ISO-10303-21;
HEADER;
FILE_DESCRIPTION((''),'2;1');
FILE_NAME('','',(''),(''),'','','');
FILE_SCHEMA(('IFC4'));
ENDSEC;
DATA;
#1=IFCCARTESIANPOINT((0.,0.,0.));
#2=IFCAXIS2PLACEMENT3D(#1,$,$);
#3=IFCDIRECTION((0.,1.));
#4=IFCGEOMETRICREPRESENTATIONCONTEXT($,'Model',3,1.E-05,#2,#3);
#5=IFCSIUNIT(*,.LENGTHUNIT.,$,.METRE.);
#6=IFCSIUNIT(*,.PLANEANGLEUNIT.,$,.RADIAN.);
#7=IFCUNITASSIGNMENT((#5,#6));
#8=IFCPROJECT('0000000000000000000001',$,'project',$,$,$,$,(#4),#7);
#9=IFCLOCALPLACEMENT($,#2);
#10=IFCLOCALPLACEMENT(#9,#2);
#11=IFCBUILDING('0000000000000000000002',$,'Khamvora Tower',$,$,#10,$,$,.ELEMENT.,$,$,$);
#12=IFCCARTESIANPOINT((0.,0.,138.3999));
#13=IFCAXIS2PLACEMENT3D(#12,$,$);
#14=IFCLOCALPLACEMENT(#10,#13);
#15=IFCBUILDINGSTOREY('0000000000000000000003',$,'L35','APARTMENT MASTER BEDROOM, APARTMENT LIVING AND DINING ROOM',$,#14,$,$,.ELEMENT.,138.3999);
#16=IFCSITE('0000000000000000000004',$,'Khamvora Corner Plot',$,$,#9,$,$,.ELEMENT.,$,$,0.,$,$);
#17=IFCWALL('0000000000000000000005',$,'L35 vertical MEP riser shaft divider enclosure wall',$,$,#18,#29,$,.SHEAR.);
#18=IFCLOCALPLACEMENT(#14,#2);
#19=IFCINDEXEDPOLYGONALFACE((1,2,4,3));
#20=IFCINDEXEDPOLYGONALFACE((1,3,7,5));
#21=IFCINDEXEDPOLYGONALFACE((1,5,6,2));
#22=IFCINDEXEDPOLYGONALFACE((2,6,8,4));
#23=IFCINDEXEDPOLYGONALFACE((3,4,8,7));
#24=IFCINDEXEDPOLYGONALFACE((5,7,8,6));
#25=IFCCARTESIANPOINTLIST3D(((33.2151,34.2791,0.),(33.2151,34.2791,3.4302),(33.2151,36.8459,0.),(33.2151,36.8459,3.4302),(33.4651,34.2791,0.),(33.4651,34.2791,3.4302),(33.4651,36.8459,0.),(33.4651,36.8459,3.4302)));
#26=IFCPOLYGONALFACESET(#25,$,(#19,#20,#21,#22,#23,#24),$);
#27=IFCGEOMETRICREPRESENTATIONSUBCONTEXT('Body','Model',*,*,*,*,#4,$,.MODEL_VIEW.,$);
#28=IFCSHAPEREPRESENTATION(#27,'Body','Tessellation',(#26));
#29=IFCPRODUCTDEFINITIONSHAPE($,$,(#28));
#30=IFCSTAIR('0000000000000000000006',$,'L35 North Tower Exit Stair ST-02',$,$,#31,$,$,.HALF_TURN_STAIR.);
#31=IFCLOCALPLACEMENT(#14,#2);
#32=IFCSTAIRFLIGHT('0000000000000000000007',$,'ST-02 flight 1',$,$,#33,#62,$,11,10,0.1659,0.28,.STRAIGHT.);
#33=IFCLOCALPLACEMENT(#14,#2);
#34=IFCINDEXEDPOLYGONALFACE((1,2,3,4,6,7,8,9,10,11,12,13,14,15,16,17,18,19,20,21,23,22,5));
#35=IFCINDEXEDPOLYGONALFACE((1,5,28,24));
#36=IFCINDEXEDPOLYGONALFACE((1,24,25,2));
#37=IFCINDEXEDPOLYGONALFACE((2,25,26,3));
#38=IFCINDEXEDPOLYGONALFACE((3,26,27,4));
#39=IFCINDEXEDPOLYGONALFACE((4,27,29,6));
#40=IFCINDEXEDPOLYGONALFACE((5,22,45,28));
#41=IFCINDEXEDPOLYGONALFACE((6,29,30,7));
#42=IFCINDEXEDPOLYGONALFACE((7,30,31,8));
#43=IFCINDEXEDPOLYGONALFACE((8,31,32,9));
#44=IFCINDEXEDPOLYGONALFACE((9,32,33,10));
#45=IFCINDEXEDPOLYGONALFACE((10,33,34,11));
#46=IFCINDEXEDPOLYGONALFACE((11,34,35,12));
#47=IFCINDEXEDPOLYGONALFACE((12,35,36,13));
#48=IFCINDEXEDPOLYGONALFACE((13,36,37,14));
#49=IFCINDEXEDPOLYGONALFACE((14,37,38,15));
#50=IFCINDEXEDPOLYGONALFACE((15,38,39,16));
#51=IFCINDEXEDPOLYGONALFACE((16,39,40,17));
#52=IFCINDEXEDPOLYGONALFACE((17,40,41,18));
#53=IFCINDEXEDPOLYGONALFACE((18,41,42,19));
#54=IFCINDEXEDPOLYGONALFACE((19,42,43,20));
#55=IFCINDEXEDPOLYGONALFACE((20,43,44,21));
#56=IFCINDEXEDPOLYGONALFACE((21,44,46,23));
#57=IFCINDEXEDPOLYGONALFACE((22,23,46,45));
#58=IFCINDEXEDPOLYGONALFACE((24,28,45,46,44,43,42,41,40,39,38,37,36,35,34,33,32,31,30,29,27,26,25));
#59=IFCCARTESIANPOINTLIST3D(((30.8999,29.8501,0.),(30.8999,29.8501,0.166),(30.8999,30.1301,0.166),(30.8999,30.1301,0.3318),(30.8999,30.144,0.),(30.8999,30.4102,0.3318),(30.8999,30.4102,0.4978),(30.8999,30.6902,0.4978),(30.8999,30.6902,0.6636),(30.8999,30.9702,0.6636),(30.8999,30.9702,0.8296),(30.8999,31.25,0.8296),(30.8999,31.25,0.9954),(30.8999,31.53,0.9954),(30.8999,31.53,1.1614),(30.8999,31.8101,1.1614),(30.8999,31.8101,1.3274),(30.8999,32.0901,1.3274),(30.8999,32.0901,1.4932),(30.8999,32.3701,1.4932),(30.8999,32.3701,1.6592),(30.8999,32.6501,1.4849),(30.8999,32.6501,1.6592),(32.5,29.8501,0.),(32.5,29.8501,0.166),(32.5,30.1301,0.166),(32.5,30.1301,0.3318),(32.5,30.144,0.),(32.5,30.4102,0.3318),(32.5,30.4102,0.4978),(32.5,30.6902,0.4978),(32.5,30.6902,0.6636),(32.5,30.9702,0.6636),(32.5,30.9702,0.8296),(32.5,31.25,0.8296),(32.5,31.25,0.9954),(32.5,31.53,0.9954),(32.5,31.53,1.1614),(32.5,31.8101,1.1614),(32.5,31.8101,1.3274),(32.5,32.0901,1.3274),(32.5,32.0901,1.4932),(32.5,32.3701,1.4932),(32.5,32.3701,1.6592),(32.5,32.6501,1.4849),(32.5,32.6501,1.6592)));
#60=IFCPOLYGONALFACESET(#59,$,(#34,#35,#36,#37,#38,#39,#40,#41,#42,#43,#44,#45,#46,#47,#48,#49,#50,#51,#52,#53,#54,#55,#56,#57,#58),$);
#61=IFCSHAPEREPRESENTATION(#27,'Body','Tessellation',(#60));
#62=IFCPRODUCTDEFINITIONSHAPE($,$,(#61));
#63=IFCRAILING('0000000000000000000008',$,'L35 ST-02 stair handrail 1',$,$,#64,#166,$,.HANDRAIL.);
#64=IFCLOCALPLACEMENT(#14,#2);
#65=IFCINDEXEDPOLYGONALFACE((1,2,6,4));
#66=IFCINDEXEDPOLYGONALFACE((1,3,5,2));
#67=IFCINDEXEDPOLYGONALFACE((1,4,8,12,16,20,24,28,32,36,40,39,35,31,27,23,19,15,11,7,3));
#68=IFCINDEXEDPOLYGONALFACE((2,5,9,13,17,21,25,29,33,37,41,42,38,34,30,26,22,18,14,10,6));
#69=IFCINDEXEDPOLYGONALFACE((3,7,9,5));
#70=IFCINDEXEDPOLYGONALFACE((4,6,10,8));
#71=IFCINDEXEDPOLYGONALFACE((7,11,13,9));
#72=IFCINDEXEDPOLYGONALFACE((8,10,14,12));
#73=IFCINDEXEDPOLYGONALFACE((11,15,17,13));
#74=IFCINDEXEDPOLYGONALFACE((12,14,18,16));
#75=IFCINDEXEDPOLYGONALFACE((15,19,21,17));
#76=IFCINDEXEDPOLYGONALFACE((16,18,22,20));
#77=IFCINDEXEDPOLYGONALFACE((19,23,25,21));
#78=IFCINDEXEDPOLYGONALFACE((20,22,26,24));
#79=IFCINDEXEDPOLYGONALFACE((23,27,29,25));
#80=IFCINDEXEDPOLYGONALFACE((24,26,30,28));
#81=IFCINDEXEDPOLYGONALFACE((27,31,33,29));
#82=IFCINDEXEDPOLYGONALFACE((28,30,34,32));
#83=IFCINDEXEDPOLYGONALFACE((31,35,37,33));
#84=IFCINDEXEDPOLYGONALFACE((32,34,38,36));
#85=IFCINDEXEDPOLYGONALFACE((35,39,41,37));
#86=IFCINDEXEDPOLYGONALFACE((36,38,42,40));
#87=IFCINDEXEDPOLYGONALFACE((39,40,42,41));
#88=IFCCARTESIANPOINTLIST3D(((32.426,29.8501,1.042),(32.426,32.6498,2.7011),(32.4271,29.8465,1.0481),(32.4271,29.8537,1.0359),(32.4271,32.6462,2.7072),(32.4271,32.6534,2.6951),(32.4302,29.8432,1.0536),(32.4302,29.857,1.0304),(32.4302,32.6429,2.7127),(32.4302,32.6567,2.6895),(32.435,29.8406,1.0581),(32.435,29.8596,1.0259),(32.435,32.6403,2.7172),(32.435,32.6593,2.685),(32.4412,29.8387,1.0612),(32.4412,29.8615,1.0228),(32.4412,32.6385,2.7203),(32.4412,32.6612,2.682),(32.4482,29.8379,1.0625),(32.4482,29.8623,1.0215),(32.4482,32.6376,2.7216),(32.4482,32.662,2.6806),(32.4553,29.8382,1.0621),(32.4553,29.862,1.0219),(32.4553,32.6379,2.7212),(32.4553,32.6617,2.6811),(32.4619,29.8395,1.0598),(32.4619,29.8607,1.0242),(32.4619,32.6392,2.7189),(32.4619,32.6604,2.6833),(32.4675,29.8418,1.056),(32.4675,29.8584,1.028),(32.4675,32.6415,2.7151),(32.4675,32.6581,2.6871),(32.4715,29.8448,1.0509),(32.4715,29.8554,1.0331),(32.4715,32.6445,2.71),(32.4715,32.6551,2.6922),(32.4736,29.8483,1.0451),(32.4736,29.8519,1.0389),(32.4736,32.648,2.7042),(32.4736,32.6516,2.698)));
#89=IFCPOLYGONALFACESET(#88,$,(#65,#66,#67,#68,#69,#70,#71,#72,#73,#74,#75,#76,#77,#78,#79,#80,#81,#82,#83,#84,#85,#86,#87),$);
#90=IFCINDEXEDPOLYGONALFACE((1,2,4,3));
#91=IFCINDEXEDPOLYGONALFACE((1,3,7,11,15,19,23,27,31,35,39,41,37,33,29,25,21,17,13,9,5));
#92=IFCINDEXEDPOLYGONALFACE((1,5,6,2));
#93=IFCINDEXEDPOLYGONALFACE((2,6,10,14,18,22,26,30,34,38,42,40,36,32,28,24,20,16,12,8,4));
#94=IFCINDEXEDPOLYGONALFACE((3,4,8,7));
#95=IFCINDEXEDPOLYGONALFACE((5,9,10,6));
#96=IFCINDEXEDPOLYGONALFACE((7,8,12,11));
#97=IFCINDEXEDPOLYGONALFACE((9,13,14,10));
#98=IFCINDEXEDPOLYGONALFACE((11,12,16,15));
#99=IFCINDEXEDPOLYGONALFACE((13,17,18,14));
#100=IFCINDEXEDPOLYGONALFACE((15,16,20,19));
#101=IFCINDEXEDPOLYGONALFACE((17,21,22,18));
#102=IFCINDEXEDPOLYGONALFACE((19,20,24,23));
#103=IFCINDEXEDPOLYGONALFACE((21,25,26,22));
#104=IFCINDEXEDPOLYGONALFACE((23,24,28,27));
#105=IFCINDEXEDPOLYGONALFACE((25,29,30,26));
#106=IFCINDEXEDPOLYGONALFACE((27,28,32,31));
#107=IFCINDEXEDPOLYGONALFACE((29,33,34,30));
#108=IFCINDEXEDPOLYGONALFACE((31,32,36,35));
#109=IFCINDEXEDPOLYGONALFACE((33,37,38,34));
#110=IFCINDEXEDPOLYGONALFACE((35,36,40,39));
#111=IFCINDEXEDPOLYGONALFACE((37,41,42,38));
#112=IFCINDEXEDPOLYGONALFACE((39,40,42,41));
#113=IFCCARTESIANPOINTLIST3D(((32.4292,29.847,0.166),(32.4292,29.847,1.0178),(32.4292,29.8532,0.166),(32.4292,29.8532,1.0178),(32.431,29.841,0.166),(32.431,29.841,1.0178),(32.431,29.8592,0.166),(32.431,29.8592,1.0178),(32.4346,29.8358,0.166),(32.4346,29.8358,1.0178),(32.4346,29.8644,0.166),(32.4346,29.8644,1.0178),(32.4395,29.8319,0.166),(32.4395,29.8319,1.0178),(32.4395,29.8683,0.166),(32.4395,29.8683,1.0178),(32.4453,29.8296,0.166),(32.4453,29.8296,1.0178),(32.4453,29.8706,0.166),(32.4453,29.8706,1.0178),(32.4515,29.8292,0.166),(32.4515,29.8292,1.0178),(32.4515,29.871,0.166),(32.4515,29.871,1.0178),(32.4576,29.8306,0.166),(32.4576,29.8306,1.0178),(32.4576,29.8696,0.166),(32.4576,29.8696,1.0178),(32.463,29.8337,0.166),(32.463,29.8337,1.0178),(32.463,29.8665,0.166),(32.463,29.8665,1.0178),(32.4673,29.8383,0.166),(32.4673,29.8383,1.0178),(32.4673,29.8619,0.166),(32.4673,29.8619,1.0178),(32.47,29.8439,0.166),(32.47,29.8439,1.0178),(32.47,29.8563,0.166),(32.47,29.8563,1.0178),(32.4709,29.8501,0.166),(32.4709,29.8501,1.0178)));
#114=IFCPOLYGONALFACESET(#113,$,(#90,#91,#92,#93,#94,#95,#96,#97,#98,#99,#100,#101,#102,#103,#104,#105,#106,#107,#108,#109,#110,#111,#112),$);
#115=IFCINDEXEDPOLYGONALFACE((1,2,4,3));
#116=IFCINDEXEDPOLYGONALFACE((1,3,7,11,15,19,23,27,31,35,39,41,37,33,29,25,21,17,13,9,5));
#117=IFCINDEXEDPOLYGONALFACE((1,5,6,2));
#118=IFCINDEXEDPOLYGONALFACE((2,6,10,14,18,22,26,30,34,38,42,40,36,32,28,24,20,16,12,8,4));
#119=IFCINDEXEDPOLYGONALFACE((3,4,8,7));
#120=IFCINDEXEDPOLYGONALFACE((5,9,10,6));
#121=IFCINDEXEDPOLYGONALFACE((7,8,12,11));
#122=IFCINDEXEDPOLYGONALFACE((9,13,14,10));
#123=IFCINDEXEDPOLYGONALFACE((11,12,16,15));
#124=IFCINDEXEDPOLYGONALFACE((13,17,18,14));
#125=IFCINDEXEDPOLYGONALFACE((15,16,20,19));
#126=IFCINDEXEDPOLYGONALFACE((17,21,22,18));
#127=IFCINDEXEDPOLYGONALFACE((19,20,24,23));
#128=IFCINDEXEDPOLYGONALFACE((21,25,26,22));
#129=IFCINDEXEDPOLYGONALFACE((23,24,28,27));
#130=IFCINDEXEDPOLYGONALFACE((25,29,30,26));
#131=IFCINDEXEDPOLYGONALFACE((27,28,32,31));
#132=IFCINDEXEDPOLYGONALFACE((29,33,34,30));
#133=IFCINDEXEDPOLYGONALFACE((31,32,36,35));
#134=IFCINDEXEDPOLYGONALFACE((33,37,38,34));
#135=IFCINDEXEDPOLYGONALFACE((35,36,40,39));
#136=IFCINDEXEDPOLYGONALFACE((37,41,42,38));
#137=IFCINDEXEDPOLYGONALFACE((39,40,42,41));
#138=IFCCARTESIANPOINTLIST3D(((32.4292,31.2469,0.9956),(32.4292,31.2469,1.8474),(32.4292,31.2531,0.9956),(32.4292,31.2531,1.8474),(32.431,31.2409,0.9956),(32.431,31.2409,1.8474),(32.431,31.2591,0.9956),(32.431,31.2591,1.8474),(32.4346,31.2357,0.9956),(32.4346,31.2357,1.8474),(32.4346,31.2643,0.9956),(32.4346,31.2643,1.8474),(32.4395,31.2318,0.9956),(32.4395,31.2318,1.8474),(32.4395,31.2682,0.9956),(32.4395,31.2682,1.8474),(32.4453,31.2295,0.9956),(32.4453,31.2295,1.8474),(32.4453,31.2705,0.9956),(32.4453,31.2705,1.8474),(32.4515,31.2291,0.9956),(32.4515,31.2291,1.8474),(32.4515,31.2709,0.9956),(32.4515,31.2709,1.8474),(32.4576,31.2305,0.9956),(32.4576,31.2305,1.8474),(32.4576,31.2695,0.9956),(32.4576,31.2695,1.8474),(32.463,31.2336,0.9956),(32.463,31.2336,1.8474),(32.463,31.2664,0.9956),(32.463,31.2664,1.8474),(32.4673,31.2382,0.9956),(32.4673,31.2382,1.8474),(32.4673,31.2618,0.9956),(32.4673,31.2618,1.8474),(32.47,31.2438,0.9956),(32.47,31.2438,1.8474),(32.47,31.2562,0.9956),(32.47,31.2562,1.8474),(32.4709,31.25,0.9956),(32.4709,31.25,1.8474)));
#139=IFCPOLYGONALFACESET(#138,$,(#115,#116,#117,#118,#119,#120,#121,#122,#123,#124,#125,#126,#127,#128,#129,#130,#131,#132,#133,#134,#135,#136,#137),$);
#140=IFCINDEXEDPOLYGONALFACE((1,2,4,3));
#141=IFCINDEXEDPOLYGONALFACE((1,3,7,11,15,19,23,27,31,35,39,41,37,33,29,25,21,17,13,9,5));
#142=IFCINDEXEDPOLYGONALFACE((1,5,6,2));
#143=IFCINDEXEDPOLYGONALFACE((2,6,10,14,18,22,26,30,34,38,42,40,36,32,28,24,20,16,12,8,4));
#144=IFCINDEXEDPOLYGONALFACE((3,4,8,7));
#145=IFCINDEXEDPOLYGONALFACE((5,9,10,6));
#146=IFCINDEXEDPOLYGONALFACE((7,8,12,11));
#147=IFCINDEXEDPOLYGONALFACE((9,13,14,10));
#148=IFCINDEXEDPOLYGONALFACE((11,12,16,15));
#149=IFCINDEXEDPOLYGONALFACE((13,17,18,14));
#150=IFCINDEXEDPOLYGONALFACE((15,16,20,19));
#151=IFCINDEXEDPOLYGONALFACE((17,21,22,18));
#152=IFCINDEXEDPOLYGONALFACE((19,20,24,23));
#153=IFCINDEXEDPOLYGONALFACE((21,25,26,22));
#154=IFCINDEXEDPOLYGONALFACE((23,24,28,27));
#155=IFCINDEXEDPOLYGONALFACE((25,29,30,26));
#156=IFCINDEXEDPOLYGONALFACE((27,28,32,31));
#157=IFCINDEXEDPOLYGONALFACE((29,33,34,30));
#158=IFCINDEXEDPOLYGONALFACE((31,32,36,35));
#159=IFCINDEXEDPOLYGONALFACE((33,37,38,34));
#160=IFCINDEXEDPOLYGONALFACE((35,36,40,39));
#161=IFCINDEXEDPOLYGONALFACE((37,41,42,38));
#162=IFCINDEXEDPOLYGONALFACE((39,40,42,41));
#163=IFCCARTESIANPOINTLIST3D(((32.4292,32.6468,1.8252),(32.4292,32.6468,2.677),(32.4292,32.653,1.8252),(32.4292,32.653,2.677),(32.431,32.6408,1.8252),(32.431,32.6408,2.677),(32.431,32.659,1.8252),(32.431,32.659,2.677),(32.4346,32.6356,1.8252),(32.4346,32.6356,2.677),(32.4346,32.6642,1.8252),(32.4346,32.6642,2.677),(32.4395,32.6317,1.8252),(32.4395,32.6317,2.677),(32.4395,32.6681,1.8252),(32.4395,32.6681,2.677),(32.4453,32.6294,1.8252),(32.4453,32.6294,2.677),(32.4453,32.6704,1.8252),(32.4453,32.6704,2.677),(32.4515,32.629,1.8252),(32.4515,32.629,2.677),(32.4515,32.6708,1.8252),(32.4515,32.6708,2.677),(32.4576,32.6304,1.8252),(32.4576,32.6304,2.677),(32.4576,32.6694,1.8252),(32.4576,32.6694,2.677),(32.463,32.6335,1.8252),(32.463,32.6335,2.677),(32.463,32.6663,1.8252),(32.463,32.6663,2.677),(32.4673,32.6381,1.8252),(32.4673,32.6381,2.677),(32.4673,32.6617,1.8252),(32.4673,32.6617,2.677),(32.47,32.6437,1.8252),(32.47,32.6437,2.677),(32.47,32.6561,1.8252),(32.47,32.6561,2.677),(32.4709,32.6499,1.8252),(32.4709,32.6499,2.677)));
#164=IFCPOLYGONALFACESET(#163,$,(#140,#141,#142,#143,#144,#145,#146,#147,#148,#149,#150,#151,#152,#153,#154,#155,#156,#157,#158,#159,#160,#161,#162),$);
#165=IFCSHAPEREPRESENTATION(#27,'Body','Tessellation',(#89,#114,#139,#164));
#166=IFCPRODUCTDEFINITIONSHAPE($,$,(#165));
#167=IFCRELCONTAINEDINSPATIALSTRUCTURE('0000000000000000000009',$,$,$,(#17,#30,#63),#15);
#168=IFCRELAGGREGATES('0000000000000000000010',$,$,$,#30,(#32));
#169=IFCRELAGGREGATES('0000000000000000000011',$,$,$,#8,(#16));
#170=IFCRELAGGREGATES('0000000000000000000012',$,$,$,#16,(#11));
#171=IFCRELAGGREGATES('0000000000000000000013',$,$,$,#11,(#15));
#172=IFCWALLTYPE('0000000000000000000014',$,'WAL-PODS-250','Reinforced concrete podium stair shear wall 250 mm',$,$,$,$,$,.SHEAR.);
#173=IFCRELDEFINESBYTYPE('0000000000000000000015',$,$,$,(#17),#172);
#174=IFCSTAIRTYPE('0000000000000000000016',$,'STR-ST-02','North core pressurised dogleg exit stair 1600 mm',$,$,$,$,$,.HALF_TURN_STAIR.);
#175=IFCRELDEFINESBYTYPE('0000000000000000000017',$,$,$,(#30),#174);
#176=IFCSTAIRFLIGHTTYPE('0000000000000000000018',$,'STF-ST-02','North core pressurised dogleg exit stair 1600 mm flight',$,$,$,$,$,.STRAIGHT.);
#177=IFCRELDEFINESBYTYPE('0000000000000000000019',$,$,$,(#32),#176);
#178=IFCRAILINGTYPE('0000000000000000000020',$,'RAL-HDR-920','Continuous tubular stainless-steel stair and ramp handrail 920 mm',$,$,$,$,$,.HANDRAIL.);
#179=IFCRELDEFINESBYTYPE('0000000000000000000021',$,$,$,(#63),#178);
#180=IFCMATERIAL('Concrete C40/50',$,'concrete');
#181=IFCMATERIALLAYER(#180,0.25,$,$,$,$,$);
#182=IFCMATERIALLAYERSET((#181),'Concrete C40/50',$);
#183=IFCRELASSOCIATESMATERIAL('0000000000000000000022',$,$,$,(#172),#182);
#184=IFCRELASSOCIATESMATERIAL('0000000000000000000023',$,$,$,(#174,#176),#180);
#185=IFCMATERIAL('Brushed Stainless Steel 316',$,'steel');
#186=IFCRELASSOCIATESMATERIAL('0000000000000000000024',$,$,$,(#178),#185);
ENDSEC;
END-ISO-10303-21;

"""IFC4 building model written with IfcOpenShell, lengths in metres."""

from ifc_helpers import new_model, si_unit, direction, frame, frame_2d, origin, origin_2d, place, context, subcontext, project, spatial, polyline, rectangle, circle, outline, extrude, material, layer, layer_set, type_object, element, aggregate, save


model = new_model("IFC4")

# Units and contexts
model_context = context("Model", 3, precision=1e-05, world=origin(), true_north=direction((0.0, 1.0)))
body_context = subcontext(model_context, "Body", "Model", "MODEL_VIEW")
ifc_project = project(units=[si_unit("LENGTHUNIT", "METRE"), si_unit("PLANEANGLEUNIT", "RADIAN")], contexts=[model_context])

# Site, building, storey
site_placement = place(None, origin())
site = spatial("IfcSite", under=ifc_project, at=site_placement, Name="Khamvora Corner Plot", CompositionType="ELEMENT", RefElevation=0.0)
building_placement = place(site_placement, origin())
building = spatial("IfcBuilding", under=site, at=building_placement, Name="Khamvora Tower", CompositionType="ELEMENT")
storey_placement = place(building_placement, frame((0.0, 0.0, 138.3999)))
storey = spatial("IfcBuildingStorey", under=building, at=storey_placement, Name="L35", Description="APARTMENT MASTER BEDROOM, APARTMENT LIVING AND DINING ROOM", CompositionType="ELEMENT", Elevation=138.3999)

# Wall
ifc_material_1 = material(Name="Concrete C40/50", Category="concrete")
ifc_layer_1 = layer(ifc_material_1, 0.25)
ifc_layer_set_1 = layer_set([ifc_layer_1], Name="Concrete C40/50")
wall_type_1 = type_object("IfcWallType", Name="WAL-PODS-250", Description="Reinforced concrete podium stair shear wall 250 mm", PredefinedType="SHEAR", material=ifc_layer_set_1)
wall_1_placement = place(storey_placement, frame((33.3401, 34.2791, 0.0), z_axis=(0.0, 0.0, 1.0), x_axis=(0.0, 1.0, 0.0)))
element("IfcWall", 1, at=wall_1_placement, inside=storey, type_object=wall_type_1, Name="L35 vertical MEP riser shaft divider enclosure wall", PredefinedType="SHEAR", context=body_context, shape_type="SweptSolid", body=[
    extrude(rectangle(XDim=2.5669, YDim=0.25, at=frame_2d((1.2834, 0.0))), origin(), (0.0, 0.0, 1.0), 3.4302),
])

# Stair, stair flight
stair_type = type_object("IfcStairType", Name="STR-ST-02", Description="North core pressurised dogleg exit stair 1600 mm", PredefinedType="HALF_TURN_STAIR", material=ifc_material_1)
stair_placement = place(storey_placement, origin())
stair = element("IfcStair", 2, at=stair_placement, inside=storey, type_object=stair_type, Name="L35 North Tower Exit Stair ST-02", PredefinedType="HALF_TURN_STAIR")
stair_flight_type = type_object("IfcStairFlightType", Name="STF-ST-02", Description="North core pressurised dogleg exit stair 1600 mm flight", PredefinedType="STRAIGHT", material=ifc_material_1)
stair_flight_placement = place(storey_placement, frame((31.7, 29.8501, 0.0), z_axis=(0.0, 0.0, 1.0), x_axis=(0.0, 1.0, 0.0)))
stair_flight = element("IfcStairFlight", 3, at=stair_flight_placement, type_object=stair_flight_type, Name="ST-02 flight 1", NumberOfRisers=11, NumberOfTreads=10, PredefinedType="STRAIGHT", RiserHeight=0.1659, TreadLength=0.28, context=body_context, shape_type="SweptSolid", body=[
    extrude(outline(polyline([(0.0, 0.0), (0.0, 0.166), (0.28, 0.166), (0.28, 0.3318), (0.5601, 0.3318), (0.5601, 0.4978), (0.8401, 0.4978), (0.8401, 0.6636), (1.1201, 0.6636), (1.1201, 0.8296), (1.3999, 0.8296), (1.3999, 0.9954), (1.6799, 0.9954), (1.6799, 1.1614), (1.96, 1.1614), (1.96, 1.3274), (2.24, 1.3274), (2.24, 1.4932), (2.52, 1.4932), (2.52, 1.6592), (2.8, 1.6592), (2.8, 1.825), (2.8, 1.4849), (0.2939, 0.0), (0.0, 0.0)])), frame((0.0, 0.8, 0.0), z_axis=(0.0, -1.0, 0.0), x_axis=(1.0, 0.0, 0.0)), (0.0, 0.0, 1.0), 1.6001),
])
aggregate(stair, [stair_flight])

# Railing
ifc_material_2 = material(Name="Brushed Stainless Steel 316", Category="steel")
railing_type_1 = type_object("IfcRailingType", Name="RAL-HDR-920", Description="Continuous tubular stainless-steel stair and ramp handrail 920 mm", PredefinedType="HANDRAIL", material=ifc_material_2)
railing_1_placement = place(storey_placement, frame((32.45, 29.8501, 0.166)))
element("IfcRailing", 4, at=railing_1_placement, inside=storey, type_object=railing_type_1, Name="L35 ST-02 stair handrail 1", PredefinedType="HANDRAIL", context=body_context, shape_type="SweptSolid", body=[
    extrude(circle(Radius=0.0239, at=origin_2d()), frame((0.0, 0.0, 0.876), z_axis=(0.0, 0.860287, 0.509811), x_axis=(-1.0, 0.0, 0.0)), (0.0, 0.0, 1.0), 3.2544),
    extrude(circle(Radius=0.021, at=origin_2d()), origin(), (0.0, 0.0, 1.0), 0.8518),
    extrude(circle(Radius=0.021, at=origin_2d()), frame((0.0, 1.3999, 0.8296)), (0.0, 0.0, 1.0), 0.8518),
    extrude(circle(Radius=0.021, at=origin_2d()), frame((0.0, 2.7998, 1.6592)), (0.0, 0.0, 1.0), 0.8518),
])

save(model, "model.ifc")
